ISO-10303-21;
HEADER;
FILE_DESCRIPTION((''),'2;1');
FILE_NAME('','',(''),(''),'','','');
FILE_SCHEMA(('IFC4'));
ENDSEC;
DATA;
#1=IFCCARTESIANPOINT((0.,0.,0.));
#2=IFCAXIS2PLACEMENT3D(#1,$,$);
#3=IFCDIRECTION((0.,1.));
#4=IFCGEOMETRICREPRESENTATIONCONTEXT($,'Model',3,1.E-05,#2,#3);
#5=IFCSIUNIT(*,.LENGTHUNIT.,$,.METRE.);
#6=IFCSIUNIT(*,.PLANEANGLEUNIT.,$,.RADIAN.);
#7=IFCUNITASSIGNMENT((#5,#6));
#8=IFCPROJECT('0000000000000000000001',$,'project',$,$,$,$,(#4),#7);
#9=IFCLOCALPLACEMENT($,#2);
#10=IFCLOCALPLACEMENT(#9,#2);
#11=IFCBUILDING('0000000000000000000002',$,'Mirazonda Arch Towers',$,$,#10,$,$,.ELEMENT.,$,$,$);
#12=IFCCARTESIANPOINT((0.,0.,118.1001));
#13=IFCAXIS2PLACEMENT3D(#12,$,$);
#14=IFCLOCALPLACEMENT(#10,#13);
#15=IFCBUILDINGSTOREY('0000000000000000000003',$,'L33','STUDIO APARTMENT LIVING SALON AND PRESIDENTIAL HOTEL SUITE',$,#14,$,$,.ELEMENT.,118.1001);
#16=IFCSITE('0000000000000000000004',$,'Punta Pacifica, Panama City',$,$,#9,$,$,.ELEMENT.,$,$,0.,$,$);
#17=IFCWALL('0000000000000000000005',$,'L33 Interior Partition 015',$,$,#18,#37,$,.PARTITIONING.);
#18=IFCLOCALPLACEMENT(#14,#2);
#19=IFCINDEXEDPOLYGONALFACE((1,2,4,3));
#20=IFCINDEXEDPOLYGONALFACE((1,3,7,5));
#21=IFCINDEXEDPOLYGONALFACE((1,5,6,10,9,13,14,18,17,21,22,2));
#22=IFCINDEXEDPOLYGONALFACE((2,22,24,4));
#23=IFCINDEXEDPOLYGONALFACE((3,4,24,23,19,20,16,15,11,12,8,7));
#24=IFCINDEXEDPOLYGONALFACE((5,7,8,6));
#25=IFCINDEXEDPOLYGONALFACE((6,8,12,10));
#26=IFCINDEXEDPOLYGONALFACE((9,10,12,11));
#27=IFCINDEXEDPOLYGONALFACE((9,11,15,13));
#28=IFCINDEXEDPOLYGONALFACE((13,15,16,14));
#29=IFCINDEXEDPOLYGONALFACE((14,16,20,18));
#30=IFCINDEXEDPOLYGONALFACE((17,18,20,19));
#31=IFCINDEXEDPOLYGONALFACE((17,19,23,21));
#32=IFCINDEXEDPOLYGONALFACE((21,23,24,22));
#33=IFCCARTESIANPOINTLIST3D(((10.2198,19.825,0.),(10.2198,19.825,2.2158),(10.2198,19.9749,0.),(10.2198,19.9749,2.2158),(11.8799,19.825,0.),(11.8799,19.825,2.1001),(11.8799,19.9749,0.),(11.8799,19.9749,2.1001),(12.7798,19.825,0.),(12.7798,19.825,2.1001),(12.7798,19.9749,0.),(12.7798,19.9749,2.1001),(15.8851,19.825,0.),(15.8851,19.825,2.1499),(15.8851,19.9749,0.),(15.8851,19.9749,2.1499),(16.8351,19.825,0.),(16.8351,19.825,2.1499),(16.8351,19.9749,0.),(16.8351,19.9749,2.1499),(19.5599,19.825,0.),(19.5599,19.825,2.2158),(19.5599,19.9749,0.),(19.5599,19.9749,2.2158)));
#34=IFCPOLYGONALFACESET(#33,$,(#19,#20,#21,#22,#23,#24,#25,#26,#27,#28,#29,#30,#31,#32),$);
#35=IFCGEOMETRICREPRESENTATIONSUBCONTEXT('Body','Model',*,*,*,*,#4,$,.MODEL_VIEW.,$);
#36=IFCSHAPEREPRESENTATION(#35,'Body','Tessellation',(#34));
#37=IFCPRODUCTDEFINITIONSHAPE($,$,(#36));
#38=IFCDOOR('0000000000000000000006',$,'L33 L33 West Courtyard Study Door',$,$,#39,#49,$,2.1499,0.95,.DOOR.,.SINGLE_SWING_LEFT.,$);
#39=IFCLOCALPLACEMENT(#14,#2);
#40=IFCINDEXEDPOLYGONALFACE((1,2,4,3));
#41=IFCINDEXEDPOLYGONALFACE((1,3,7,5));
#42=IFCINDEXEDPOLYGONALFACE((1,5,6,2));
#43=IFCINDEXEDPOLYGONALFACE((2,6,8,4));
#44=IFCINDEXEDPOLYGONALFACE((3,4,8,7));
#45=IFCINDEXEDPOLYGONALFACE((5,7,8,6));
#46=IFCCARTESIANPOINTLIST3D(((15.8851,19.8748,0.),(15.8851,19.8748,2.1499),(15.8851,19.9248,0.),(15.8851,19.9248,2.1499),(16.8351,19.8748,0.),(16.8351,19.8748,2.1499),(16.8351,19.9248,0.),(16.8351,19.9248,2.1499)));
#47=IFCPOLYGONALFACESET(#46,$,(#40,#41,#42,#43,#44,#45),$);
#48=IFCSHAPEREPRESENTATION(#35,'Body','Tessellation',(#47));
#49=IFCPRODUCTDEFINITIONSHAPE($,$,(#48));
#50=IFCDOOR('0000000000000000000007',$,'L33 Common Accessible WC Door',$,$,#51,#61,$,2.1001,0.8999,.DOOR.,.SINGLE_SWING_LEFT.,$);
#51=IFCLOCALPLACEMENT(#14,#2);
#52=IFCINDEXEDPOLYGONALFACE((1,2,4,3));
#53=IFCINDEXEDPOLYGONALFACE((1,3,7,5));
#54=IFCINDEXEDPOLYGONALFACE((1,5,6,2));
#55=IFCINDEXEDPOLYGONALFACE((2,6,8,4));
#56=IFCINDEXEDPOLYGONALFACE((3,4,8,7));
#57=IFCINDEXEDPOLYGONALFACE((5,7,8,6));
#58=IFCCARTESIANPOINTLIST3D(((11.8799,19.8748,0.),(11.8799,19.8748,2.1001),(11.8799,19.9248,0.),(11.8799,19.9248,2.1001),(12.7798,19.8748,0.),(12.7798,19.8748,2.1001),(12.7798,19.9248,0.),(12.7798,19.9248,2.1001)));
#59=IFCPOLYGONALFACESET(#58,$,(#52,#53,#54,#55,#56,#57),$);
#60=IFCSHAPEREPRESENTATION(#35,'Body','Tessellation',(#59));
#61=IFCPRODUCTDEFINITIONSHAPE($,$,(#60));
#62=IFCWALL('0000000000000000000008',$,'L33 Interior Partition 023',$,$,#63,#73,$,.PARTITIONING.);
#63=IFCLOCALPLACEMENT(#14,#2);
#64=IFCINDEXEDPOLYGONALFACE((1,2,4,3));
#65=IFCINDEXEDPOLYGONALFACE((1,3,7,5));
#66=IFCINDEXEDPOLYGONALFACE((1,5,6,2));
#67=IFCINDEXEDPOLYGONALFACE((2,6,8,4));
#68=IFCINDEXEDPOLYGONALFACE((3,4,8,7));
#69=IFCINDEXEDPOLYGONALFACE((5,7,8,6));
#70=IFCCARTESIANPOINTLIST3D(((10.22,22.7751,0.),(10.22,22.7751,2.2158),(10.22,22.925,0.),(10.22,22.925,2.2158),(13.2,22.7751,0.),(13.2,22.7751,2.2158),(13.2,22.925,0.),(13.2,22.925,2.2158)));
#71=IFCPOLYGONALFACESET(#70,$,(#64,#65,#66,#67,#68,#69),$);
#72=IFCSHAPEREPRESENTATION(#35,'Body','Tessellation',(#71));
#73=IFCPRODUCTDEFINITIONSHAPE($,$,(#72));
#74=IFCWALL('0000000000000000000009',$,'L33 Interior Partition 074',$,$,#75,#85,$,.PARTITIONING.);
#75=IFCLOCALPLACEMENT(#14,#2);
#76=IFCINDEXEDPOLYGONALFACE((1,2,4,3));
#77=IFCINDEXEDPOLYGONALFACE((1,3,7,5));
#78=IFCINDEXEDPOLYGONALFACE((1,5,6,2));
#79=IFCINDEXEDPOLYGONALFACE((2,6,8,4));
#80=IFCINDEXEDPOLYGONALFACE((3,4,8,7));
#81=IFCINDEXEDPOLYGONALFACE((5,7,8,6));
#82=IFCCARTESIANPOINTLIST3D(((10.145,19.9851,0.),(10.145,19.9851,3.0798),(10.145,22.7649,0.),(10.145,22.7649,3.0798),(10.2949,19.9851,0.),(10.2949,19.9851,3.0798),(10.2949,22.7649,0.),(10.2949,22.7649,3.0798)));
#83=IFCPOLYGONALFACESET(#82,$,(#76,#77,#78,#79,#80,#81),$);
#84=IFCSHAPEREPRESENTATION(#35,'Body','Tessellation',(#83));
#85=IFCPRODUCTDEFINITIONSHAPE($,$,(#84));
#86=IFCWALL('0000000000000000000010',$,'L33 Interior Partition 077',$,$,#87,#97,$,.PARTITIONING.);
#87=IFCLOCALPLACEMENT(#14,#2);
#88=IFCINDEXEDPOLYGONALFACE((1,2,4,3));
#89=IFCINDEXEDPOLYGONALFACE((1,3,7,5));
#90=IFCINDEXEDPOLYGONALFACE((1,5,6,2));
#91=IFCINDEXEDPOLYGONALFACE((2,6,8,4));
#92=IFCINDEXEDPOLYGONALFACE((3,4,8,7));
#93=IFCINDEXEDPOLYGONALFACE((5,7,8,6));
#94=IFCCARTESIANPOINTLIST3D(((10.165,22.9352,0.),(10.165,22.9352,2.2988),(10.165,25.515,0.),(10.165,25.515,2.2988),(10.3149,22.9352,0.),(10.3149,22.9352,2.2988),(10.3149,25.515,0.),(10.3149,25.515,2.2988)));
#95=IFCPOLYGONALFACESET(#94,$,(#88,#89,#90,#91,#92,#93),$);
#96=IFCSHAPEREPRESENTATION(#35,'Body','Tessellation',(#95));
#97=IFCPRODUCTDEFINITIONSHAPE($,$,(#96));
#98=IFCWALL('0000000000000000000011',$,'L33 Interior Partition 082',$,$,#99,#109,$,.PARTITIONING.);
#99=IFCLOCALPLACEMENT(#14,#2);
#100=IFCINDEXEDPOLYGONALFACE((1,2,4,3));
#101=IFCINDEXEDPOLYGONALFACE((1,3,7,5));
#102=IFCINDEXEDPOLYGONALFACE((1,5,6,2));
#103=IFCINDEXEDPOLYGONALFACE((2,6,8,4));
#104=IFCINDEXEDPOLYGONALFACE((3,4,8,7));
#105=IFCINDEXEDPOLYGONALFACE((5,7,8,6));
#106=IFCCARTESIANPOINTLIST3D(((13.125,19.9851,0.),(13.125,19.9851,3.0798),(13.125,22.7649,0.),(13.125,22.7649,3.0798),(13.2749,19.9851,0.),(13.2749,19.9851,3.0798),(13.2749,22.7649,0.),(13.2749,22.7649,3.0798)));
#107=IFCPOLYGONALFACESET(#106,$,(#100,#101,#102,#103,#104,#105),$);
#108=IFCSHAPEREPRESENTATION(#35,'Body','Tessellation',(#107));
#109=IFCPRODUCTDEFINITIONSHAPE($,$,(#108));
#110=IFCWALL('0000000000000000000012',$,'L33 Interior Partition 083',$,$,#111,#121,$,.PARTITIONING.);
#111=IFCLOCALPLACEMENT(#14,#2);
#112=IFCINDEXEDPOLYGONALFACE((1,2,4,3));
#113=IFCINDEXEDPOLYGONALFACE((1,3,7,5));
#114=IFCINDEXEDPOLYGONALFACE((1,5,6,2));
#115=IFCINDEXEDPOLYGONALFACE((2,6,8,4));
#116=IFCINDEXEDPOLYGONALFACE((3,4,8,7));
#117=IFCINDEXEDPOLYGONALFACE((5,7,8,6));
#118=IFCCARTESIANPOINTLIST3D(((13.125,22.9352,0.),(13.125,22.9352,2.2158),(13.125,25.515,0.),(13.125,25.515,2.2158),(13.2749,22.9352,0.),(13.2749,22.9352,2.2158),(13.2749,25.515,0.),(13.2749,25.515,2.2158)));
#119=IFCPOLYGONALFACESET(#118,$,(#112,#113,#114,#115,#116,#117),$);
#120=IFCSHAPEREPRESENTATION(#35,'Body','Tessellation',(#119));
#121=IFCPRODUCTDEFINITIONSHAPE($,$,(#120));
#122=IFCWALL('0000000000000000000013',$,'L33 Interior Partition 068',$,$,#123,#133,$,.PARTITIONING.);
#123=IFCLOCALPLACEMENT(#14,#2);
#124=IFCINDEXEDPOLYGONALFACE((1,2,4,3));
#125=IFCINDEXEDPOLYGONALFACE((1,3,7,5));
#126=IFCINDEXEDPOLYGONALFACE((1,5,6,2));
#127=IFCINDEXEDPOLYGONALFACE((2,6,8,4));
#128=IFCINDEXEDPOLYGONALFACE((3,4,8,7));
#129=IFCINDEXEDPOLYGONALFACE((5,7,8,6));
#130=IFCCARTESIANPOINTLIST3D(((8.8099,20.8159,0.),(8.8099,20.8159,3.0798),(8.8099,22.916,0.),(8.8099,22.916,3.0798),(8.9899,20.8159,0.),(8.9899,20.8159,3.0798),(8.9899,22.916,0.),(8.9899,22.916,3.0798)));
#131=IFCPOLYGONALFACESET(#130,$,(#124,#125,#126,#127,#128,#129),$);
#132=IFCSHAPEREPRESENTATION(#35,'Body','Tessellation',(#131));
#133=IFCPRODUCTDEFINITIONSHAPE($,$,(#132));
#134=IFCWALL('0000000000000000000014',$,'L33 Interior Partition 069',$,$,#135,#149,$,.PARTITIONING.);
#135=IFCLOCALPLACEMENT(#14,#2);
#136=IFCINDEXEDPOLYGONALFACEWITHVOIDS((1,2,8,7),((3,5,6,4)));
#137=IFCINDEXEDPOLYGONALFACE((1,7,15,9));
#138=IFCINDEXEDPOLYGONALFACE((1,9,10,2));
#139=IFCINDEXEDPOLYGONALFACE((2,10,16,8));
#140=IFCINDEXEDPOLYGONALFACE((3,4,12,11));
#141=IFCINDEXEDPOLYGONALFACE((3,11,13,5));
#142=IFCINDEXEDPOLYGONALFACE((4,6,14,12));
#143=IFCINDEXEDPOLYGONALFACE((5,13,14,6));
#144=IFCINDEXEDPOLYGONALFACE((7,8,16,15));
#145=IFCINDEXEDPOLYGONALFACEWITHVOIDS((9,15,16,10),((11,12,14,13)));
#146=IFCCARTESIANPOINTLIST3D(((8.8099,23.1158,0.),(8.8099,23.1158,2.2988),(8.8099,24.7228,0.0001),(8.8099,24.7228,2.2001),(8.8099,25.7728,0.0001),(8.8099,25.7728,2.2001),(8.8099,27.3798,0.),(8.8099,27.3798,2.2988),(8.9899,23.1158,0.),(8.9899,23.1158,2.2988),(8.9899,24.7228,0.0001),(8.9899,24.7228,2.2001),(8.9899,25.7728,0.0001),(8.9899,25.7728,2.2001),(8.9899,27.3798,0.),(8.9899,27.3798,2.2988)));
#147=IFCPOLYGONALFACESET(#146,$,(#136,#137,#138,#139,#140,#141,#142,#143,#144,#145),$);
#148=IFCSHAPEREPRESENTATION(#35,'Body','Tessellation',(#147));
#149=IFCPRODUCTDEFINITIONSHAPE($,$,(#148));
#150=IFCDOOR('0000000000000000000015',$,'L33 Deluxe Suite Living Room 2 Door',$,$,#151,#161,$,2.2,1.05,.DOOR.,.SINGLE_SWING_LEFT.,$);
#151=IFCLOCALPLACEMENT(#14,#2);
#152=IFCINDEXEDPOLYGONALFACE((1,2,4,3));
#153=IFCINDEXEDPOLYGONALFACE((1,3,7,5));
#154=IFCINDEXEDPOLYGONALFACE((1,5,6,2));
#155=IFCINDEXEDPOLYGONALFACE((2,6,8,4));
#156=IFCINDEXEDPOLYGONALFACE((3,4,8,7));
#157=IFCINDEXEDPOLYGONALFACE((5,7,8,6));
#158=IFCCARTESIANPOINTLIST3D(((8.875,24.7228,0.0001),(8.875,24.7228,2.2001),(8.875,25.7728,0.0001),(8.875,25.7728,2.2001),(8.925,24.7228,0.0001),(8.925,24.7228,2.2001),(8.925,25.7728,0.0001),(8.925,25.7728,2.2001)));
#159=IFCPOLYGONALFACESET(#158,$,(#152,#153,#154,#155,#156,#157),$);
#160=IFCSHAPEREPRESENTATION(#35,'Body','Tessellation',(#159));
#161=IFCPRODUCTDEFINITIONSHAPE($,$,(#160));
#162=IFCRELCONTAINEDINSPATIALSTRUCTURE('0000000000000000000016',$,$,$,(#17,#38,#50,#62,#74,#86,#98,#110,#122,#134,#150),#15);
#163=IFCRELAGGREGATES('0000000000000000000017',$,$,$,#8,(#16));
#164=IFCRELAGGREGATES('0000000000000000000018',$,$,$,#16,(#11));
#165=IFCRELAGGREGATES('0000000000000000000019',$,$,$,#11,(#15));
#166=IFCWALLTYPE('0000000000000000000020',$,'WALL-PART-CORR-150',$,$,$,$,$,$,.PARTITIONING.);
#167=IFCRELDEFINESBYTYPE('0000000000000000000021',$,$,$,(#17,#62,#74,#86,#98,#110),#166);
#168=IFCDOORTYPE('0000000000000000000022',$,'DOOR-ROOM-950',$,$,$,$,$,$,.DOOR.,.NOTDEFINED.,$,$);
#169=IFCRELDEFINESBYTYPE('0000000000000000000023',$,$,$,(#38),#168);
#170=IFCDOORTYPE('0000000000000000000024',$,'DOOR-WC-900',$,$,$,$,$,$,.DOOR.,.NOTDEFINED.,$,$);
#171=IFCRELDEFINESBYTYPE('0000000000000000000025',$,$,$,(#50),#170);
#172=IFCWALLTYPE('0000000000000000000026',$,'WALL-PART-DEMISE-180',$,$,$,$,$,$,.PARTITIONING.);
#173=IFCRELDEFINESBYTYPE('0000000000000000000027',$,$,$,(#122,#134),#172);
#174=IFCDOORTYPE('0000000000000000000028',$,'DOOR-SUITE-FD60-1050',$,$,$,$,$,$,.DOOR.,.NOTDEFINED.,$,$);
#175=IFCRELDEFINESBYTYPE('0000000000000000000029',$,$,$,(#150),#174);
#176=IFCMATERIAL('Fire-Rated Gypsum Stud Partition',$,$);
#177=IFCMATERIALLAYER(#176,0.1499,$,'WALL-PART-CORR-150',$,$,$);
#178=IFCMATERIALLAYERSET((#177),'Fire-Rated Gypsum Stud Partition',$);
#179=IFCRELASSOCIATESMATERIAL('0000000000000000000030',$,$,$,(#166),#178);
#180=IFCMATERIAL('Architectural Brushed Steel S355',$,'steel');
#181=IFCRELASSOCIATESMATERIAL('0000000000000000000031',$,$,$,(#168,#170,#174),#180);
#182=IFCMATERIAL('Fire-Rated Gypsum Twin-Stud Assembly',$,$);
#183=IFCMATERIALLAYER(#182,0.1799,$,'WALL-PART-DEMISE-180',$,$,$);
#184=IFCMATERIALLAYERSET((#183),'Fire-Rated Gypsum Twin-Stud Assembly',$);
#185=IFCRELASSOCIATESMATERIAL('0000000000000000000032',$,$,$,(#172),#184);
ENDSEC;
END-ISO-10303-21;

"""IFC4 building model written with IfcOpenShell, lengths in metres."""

from ifc_helpers import new_model, si_unit, direction, frame, frame_2d, origin, place, context, subcontext, project, spatial, rectangle, extrude, material, layer, layer_set, type_object, element, fill, save


model = new_model("IFC4")

# Units and contexts
model_context = context("Model", 3, precision=1e-05, world=origin(), true_north=direction((0.0, 1.0)))
body_context = subcontext(model_context, "Body", "Model", "MODEL_VIEW")
ifc_project = project(units=[si_unit("LENGTHUNIT", "METRE"), si_unit("PLANEANGLEUNIT", "RADIAN")], contexts=[model_context])

# Site, building, storey
site_placement = place(None, origin())
site = spatial("IfcSite", under=ifc_project, at=site_placement, Name="Punta Pacifica, Panama City", CompositionType="ELEMENT", RefElevation=0.0)
building_placement = place(site_placement, origin())
building = spatial("IfcBuilding", under=site, at=building_placement, Name="Mirazonda Arch Towers", CompositionType="ELEMENT")
storey_placement = place(building_placement, frame((0.0, 0.0, 118.1001)))
storey = spatial("IfcBuildingStorey", under=building, at=storey_placement, Name="L33", Description="STUDIO APARTMENT LIVING SALON AND PRESIDENTIAL HOTEL SUITE", CompositionType="ELEMENT", Elevation=118.1001)

# Shared definitions
ifc_material_1 = material(Name="Architectural Brushed Steel S355", Category="steel")

# Shared definitions
ifc_material_2 = material(Name="Fire-Rated Gypsum Stud Partition")
ifc_layer_1 = layer(ifc_material_2, 0.1499, Name="WALL-PART-CORR-150")
ifc_layer_set_1 = layer_set([ifc_layer_1], Name="Fire-Rated Gypsum Stud Partition")
wall_type_1 = type_object("IfcWallType", Name="WALL-PART-CORR-150", PredefinedType="PARTITIONING", material=ifc_layer_set_1)

# Wall, openings, doors
wall_1_placement = place(storey_placement, frame((10.22, 19.8999, 0.0), z_axis=(0.0, 0.0, 1.0), x_axis=(1.0, 0.0, 0.0)))
wall_1 = element("IfcWall", 1, at=wall_1_placement, inside=storey, type_object=wall_type_1, Name="L33 Interior Partition 015", PredefinedType="PARTITIONING", context=body_context, shape_type="SweptSolid", body=[
    extrude(rectangle(XDim=9.3401, YDim=0.1499, at=frame_2d((4.6699, 0.0))), origin(), (0.0, 0.0, 1.0), 2.2158),
])
opening_1_placement = place(wall_1_placement, frame((1.6599, 0.0, 0.0)))
opening_1 = element("IfcOpeningElement", 2, at=opening_1_placement, cuts=wall_1, PredefinedType="OPENING", context=body_context, shape_type="SweptSolid", body=[
    extrude(rectangle(XDim=0.8999, YDim=2.1001, at=frame_2d((0.45, 1.05))), frame((0.0, 0.085, 0.0), z_axis=(0.0, -1.0, 0.0), x_axis=(1.0, 0.0, 0.0)), (0.0, 0.0, 1.0), 0.1699),
])
opening_2_placement = place(wall_1_placement, frame((5.665, 0.0, 0.0)))
opening_2 = element("IfcOpeningElement", 3, at=opening_2_placement, cuts=wall_1, PredefinedType="OPENING", context=body_context, shape_type="SweptSolid", body=[
    extrude(rectangle(XDim=0.95, YDim=2.1499, at=frame_2d((0.4751, 1.075))), frame((0.0, 0.085, 0.0), z_axis=(0.0, -1.0, 0.0), x_axis=(1.0, 0.0, 0.0)), (0.0, 0.0, 1.0), 0.1699),
])
door_type_1 = type_object("IfcDoorType", Name="DOOR-ROOM-950", OperationType="NOTDEFINED", PredefinedType="DOOR", material=ifc_material_1)
door_1_placement = place(opening_2_placement, origin())
door_1 = element("IfcDoor", 4, at=door_1_placement, inside=storey, type_object=door_type_1, Name="L33 L33 West Courtyard Study Door", OperationType="SINGLE_SWING_LEFT", OverallHeight=2.1499, OverallWidth=0.95, PredefinedType="DOOR", context=body_context, shape_type="SweptSolid", body=[
    extrude(rectangle(XDim=0.95, YDim=2.1499, at=frame_2d((0.4751, 1.075))), frame((0.0, 0.0249, 0.0), z_axis=(0.0, -1.0, 0.0), x_axis=(1.0, 0.0, 0.0)), (0.0, 0.0, 1.0), 0.05),
])
fill(opening_2, door_1)
door_type_2 = type_object("IfcDoorType", Name="DOOR-WC-900", OperationType="NOTDEFINED", PredefinedType="DOOR", material=ifc_material_1)
door_2_placement = place(opening_1_placement, origin())
door_2 = element("IfcDoor", 5, at=door_2_placement, inside=storey, type_object=door_type_2, Name="L33 Common Accessible WC Door", OperationType="SINGLE_SWING_LEFT", OverallHeight=2.1001, OverallWidth=0.8999, PredefinedType="DOOR", context=body_context, shape_type="SweptSolid", body=[
    extrude(rectangle(XDim=0.8999, YDim=2.1001, at=frame_2d((0.45, 1.05))), frame((0.0, 0.0249, 0.0), z_axis=(0.0, -1.0, 0.0), x_axis=(1.0, 0.0, 0.0)), (0.0, 0.0, 1.0), 0.05),
])
fill(opening_1, door_2)

# Walls
wall_2_placement = place(storey_placement, frame((10.22, 22.8501, 0.0), z_axis=(0.0, 0.0, 1.0), x_axis=(1.0, 0.0, 0.0)))
element("IfcWall", 6, at=wall_2_placement, inside=storey, type_object=wall_type_1, Name="L33 Interior Partition 023", PredefinedType="PARTITIONING", context=body_context, shape_type="SweptSolid", body=[
    extrude(rectangle(XDim=2.98, YDim=0.1499, at=frame_2d((1.49, 0.0))), origin(), (0.0, 0.0, 1.0), 2.2158),
])
wall_3_placement = place(storey_placement, frame((10.22, 19.9851, 0.0), z_axis=(0.0, 0.0, 1.0), x_axis=(0.0, 1.0, 0.0)))
element("IfcWall", 7, at=wall_3_placement, inside=storey, type_object=wall_type_1, Name="L33 Interior Partition 074", PredefinedType="PARTITIONING", context=body_context, shape_type="SweptSolid", body=[
    extrude(rectangle(XDim=2.7798, YDim=0.1499, at=frame_2d((1.3899, 0.0))), origin(), (0.0, 0.0, 1.0), 3.0798),
])
wall_4_placement = place(storey_placement, frame((10.24, 22.9351, 0.0), z_axis=(0.0, 0.0, 1.0), x_axis=(0.0, 1.0, 0.0)))
element("IfcWall", 8, at=wall_4_placement, inside=storey, type_object=wall_type_1, Name="L33 Interior Partition 077", PredefinedType="PARTITIONING", context=body_context, shape_type="SweptSolid", body=[
    extrude(rectangle(XDim=2.5798, YDim=0.1499, at=frame_2d((1.29, 0.0))), origin(), (0.0, 0.0, 1.0), 2.2988),
])
wall_5_placement = place(storey_placement, frame((13.2, 19.9851, 0.0), z_axis=(0.0, 0.0, 1.0), x_axis=(0.0, 1.0, 0.0)))
element("IfcWall", 9, at=wall_5_placement, inside=storey, type_object=wall_type_1, Name="L33 Interior Partition 082", PredefinedType="PARTITIONING", context=body_context, shape_type="SweptSolid", body=[
    extrude(rectangle(XDim=2.7798, YDim=0.1499, at=frame_2d((1.3899, 0.0))), origin(), (0.0, 0.0, 1.0), 3.0798),
])
wall_6_placement = place(storey_placement, frame((13.2, 22.9351, 0.0), z_axis=(0.0, 0.0, 1.0), x_axis=(0.0, 1.0, 0.0)))
element("IfcWall", 10, at=wall_6_placement, inside=storey, type_object=wall_type_1, Name="L33 Interior Partition 083", PredefinedType="PARTITIONING", context=body_context, shape_type="SweptSolid", body=[
    extrude(rectangle(XDim=2.5798, YDim=0.1499, at=frame_2d((1.29, 0.0))), origin(), (0.0, 0.0, 1.0), 2.2158),
])
ifc_material_3 = material(Name="Fire-Rated Gypsum Twin-Stud Assembly")
ifc_layer_2 = layer(ifc_material_3, 0.1799, Name="WALL-PART-DEMISE-180")
ifc_layer_set_2 = layer_set([ifc_layer_2], Name="Fire-Rated Gypsum Twin-Stud Assembly")
wall_type_2 = type_object("IfcWallType", Name="WALL-PART-DEMISE-180", PredefinedType="PARTITIONING", material=ifc_layer_set_2)
wall_7_placement = place(storey_placement, frame((8.8999, 20.8159, 0.0), z_axis=(0.0, 0.0, 1.0), x_axis=(0.0, 1.0, 0.0)))
element("IfcWall", 11, at=wall_7_placement, inside=storey, type_object=wall_type_2, Name="L33 Interior Partition 068", PredefinedType="PARTITIONING", context=body_context, shape_type="SweptSolid", body=[
    extrude(rectangle(XDim=2.1001, YDim=0.1799, at=frame_2d((1.05, 0.0))), origin(), (0.0, 0.0, 1.0), 3.0798),
])

# Wall, opening, door
wall_8_placement = place(storey_placement, frame((8.8999, 23.116, 0.0), z_axis=(0.0, 0.0, 1.0), x_axis=(0.0, 1.0, 0.0)))
wall_8 = element("IfcWall", 12, at=wall_8_placement, inside=storey, type_object=wall_type_2, Name="L33 Interior Partition 069", PredefinedType="PARTITIONING", context=body_context, shape_type="SweptSolid", body=[
    extrude(rectangle(XDim=4.2639, YDim=0.1799, at=frame_2d((2.1318, 0.0))), origin(), (0.0, 0.0, 1.0), 2.2988),
])
opening_3_placement = place(wall_8_placement, frame((1.6069, 0.0, 0.0)))
opening_3 = element("IfcOpeningElement", 13, at=opening_3_placement, cuts=wall_8, PredefinedType="OPENING", context=body_context, shape_type="SweptSolid", body=[
    extrude(rectangle(XDim=1.05, YDim=2.2, at=frame_2d((0.5249, 1.1001))), frame((0.0, 0.0999, 0.0), z_axis=(0.0, -1.0, 0.0), x_axis=(1.0, 0.0, 0.0)), (0.0, 0.0, 1.0), 0.2),
])
door_type_3 = type_object("IfcDoorType", Name="DOOR-SUITE-FD60-1050", OperationType="NOTDEFINED", PredefinedType="DOOR", material=ifc_material_1)
door_3_placement = place(opening_3_placement, origin())
door_3 = element("IfcDoor", 14, at=door_3_placement, inside=storey, type_object=door_type_3, Name="L33 Deluxe Suite Living Room 2 Door", OperationType="SINGLE_SWING_LEFT", OverallHeight=2.2, OverallWidth=1.05, PredefinedType="DOOR", context=body_context, shape_type="SweptSolid", body=[
    extrude(rectangle(XDim=1.05, YDim=2.2, at=frame_2d((0.5249, 1.1001))), frame((0.0, 0.0249, 0.0), z_axis=(0.0, -1.0, 0.0), x_axis=(1.0, 0.0, 0.0)), (0.0, 0.0, 1.0), 0.05),
])
fill(opening_3, door_3)

save(model, "model.ifc")
